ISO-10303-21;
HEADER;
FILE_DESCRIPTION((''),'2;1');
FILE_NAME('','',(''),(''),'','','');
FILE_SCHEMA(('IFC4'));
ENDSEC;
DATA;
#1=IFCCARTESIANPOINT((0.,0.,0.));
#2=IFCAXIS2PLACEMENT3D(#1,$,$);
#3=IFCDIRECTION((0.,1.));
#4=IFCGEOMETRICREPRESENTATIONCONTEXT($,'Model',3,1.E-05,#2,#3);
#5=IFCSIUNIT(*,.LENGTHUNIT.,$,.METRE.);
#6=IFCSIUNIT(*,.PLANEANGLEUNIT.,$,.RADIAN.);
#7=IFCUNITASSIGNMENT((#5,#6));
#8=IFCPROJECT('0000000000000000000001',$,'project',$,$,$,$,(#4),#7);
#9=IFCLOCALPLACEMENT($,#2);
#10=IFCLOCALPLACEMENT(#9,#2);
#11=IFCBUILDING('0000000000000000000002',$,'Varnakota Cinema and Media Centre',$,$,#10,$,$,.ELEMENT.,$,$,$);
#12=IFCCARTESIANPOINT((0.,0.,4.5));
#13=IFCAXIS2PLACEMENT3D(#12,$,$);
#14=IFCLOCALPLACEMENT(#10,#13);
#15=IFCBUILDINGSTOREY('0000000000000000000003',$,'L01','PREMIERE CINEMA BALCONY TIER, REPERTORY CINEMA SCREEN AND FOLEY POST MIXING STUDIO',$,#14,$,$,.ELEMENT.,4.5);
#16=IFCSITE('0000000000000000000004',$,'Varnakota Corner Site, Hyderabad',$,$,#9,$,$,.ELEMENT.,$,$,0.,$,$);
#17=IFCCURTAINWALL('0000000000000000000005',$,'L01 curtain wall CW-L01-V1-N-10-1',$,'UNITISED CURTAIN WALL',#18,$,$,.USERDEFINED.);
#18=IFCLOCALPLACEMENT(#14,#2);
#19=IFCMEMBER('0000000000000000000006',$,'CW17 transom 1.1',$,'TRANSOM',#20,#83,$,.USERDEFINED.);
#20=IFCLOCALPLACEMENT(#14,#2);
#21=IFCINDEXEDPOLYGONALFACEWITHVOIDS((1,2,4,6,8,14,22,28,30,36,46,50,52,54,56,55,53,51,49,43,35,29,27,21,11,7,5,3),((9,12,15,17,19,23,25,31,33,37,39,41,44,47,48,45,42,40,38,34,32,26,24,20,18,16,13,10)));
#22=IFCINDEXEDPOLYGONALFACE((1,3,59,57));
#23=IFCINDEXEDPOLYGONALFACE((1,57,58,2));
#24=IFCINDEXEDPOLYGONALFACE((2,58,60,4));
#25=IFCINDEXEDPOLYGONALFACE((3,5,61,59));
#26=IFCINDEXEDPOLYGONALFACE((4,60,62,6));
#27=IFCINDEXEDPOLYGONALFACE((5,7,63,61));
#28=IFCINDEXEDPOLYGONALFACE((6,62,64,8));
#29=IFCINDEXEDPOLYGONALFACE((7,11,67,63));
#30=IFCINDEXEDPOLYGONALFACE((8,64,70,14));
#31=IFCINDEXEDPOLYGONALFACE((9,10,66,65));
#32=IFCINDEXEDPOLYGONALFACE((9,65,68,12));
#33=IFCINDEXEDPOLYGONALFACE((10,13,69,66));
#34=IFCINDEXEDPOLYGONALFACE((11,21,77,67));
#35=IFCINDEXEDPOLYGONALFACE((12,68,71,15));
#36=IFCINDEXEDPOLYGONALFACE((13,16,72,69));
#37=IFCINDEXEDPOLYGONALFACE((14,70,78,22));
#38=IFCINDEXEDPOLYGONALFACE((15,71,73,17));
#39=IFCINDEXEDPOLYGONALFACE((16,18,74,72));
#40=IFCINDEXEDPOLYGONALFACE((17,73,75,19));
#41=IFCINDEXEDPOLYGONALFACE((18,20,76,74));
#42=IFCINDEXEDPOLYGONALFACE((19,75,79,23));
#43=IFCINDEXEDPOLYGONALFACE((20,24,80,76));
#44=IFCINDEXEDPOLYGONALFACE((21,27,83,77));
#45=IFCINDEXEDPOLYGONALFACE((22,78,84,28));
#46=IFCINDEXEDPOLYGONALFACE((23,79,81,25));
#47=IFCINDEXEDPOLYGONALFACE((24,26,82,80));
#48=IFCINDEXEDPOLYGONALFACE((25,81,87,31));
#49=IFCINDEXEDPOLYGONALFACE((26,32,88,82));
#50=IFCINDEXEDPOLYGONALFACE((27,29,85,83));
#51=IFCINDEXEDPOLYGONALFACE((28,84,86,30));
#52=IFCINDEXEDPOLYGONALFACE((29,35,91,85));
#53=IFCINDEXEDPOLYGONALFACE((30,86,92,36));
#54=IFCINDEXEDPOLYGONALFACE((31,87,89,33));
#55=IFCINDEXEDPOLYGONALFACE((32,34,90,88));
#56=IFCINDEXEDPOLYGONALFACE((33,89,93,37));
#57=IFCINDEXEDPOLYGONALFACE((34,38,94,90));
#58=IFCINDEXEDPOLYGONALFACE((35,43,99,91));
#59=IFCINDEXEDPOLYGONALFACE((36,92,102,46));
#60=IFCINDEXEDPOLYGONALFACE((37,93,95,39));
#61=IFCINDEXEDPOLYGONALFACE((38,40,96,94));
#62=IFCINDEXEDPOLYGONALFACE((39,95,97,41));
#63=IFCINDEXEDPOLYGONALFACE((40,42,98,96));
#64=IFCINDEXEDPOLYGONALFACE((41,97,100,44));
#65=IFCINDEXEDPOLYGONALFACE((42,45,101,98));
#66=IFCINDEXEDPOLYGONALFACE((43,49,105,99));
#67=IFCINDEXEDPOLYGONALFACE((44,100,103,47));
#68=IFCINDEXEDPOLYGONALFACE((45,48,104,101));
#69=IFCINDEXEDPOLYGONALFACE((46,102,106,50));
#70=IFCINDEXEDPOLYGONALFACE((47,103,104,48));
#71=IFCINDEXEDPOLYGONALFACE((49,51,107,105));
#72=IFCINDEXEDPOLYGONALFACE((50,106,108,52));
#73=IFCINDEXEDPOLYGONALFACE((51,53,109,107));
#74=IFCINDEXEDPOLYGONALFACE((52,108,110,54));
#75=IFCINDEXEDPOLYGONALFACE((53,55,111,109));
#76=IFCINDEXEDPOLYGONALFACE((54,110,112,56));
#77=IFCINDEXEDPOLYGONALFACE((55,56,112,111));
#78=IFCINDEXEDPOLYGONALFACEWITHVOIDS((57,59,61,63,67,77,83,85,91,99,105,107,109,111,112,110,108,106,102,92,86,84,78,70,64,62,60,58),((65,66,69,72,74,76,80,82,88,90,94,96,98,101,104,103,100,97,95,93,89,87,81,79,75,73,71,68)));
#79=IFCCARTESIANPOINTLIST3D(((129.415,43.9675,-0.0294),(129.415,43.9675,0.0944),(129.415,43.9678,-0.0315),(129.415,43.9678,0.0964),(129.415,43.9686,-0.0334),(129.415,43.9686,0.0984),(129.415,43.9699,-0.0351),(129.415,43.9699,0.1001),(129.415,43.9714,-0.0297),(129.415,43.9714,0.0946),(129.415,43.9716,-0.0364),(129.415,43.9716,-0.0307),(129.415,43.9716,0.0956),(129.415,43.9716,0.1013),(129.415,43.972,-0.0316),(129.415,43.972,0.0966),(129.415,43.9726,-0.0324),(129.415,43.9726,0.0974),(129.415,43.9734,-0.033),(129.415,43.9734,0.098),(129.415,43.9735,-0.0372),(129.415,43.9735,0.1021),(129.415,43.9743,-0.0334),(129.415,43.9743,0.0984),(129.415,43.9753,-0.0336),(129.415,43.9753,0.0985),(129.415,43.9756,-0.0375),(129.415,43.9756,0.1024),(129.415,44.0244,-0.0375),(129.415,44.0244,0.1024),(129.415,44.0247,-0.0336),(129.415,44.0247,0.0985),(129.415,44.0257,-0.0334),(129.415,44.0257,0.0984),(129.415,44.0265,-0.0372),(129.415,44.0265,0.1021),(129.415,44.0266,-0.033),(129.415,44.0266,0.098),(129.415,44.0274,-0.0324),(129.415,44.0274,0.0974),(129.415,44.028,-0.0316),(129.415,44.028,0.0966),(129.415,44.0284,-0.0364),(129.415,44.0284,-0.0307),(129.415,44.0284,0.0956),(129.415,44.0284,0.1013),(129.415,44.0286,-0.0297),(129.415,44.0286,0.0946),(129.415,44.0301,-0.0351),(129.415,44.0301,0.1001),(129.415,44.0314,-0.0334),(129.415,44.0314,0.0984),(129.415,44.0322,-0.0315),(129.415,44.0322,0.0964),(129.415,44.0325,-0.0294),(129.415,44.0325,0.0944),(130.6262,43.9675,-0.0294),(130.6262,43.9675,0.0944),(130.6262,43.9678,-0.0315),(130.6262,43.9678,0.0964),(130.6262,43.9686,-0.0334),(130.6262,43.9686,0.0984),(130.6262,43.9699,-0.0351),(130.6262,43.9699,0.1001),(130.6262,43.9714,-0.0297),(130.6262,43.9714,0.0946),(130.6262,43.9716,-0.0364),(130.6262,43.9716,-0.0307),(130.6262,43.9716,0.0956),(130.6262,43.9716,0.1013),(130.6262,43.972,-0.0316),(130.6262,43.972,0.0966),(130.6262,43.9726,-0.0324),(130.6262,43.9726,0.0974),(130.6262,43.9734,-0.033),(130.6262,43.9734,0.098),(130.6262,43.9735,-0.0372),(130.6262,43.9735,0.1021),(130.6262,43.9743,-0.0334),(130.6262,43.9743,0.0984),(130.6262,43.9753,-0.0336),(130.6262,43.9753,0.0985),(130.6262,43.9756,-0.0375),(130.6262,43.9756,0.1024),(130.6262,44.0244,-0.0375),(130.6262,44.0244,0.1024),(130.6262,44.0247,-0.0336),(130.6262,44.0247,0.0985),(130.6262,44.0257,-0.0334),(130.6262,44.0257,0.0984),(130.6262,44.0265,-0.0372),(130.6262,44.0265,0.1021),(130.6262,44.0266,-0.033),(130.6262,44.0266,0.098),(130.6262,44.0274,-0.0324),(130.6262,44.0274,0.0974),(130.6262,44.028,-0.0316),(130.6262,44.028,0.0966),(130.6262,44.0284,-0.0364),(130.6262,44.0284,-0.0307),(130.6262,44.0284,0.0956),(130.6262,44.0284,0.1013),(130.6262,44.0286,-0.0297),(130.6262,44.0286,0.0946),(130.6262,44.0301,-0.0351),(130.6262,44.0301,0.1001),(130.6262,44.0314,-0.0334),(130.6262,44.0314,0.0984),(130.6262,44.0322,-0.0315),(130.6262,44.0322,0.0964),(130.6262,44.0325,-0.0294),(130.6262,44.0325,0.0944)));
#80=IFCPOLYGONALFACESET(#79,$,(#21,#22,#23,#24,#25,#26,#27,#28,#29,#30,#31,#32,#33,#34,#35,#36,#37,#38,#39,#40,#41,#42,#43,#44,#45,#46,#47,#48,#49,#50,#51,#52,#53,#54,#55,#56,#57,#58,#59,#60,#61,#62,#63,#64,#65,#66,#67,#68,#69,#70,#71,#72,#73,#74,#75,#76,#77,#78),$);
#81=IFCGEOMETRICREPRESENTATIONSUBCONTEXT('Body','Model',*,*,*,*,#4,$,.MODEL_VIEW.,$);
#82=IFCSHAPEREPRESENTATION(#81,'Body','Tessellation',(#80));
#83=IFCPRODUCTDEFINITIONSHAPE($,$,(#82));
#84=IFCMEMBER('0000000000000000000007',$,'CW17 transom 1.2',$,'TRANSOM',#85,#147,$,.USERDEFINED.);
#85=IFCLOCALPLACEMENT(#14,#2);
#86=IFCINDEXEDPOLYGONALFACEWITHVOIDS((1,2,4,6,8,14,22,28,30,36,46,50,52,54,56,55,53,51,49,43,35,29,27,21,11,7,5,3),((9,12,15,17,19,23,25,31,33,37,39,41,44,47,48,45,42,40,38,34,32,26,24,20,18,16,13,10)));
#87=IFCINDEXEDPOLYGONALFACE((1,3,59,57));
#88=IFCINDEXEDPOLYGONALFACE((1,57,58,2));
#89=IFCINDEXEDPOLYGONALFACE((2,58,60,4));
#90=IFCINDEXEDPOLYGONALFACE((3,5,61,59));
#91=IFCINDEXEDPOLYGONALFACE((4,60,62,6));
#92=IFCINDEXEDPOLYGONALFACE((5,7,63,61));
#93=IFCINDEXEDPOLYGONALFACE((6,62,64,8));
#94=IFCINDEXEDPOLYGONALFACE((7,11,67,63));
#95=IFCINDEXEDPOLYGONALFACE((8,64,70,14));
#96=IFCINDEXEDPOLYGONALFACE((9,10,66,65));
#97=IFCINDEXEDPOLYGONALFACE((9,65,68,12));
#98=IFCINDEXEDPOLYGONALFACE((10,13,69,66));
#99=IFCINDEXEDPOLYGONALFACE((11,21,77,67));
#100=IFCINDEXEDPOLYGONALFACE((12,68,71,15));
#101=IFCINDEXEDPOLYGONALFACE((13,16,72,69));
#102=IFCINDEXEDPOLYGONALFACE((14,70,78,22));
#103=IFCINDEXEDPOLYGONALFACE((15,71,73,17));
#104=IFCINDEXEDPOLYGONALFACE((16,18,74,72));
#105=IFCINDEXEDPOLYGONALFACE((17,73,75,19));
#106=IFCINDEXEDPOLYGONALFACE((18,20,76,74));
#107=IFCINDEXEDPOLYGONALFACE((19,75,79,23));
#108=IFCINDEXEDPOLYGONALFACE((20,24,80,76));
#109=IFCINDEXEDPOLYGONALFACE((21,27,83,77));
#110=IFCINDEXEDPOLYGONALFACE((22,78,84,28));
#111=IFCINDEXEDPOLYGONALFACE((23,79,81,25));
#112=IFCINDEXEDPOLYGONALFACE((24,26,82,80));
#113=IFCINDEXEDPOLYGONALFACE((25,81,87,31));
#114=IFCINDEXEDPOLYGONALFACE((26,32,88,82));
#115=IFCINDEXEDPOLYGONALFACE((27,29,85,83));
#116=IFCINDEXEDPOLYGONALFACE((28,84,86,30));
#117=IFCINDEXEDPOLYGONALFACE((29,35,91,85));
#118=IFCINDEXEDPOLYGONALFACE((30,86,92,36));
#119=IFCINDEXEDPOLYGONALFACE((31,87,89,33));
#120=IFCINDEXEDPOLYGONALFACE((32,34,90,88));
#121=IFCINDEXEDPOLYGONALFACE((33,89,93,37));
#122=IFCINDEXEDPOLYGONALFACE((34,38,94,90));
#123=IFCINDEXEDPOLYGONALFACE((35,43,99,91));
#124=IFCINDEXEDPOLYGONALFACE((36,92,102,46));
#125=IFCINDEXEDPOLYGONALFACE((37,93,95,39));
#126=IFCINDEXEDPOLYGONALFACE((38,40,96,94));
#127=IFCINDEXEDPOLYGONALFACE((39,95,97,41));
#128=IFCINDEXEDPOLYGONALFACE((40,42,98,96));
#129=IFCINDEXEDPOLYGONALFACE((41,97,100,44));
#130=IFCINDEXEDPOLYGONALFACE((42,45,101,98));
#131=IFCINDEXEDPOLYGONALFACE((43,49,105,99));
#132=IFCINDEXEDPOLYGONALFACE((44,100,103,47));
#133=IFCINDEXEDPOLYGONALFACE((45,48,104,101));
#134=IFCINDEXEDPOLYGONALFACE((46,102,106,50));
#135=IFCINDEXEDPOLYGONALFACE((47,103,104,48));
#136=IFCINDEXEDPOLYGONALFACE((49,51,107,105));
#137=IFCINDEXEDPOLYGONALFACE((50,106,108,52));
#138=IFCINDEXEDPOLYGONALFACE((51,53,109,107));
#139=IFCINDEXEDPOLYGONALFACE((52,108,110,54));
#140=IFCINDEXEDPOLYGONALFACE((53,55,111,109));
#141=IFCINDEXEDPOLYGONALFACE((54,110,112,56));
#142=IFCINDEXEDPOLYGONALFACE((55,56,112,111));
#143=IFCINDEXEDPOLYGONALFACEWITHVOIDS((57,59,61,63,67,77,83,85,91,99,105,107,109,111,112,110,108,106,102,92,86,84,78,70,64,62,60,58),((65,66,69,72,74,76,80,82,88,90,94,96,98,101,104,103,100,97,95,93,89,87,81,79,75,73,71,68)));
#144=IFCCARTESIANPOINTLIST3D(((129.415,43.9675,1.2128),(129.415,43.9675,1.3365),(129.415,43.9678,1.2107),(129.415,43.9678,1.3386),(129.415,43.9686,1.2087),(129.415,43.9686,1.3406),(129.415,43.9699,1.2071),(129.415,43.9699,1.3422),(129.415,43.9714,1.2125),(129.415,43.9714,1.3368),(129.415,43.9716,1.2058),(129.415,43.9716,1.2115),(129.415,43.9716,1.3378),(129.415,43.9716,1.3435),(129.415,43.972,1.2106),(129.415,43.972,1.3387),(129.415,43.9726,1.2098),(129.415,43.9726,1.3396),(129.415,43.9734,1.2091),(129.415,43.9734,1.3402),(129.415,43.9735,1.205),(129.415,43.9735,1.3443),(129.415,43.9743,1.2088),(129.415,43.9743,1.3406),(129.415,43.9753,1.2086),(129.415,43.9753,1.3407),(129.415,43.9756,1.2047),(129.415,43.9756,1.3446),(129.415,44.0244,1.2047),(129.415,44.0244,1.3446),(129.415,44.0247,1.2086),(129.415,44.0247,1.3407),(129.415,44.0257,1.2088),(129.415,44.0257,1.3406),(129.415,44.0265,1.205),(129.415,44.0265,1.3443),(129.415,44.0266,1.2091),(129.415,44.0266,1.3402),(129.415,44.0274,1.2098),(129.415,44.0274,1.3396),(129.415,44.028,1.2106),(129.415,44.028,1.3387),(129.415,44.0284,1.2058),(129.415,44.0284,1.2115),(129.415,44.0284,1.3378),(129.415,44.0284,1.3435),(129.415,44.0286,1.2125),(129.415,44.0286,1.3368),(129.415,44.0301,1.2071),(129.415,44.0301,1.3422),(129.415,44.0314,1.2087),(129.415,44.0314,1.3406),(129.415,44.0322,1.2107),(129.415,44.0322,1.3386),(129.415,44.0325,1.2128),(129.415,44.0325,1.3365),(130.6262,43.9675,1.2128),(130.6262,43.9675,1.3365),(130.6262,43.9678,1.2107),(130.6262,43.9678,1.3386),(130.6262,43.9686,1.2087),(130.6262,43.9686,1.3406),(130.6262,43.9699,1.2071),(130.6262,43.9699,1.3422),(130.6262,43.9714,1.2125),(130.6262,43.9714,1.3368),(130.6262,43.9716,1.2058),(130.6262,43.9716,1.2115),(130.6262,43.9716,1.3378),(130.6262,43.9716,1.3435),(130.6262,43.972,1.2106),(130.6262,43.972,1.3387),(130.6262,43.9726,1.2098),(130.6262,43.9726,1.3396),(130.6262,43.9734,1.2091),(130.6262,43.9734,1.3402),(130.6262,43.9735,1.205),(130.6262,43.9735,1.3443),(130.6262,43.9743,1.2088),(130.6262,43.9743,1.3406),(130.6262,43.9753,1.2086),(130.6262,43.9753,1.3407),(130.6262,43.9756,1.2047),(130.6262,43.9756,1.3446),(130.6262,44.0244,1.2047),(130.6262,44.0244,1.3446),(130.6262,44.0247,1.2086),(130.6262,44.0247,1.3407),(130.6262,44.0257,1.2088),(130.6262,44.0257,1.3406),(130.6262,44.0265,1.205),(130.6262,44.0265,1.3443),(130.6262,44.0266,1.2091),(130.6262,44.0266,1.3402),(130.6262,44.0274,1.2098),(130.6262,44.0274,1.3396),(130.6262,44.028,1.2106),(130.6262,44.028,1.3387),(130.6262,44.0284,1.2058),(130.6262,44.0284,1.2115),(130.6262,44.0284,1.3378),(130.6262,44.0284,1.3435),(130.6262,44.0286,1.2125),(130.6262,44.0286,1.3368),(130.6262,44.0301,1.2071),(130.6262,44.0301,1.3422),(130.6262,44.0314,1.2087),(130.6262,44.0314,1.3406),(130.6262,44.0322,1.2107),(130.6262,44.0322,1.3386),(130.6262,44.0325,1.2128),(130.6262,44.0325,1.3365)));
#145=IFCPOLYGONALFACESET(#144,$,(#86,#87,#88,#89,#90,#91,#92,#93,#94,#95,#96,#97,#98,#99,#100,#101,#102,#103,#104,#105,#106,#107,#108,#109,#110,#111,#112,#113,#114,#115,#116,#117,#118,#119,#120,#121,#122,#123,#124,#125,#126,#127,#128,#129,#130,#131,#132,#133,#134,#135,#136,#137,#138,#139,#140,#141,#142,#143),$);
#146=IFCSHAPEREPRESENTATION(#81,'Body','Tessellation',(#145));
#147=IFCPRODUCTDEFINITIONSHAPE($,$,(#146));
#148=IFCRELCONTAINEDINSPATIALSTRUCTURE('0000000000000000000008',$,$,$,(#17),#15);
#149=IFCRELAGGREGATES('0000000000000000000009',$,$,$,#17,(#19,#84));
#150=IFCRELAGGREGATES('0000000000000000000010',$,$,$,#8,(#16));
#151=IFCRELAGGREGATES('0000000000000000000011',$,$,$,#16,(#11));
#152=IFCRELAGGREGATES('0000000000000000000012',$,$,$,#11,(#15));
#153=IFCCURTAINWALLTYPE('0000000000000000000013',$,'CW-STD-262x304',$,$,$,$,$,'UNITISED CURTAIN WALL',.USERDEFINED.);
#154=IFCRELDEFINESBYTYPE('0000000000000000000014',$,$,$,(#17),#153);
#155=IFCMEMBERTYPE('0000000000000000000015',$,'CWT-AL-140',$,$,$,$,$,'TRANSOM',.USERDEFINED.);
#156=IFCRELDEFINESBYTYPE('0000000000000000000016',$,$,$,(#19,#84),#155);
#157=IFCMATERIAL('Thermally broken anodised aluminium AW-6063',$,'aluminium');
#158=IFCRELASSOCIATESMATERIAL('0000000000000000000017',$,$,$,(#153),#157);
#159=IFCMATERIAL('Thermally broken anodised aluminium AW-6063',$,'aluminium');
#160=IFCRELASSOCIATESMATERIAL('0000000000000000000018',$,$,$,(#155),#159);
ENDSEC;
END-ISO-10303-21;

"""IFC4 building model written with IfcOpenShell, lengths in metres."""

from ifc_helpers import new_model, si_unit, direction, frame, origin, origin_2d, place, context, subcontext, project, spatial, hollow_rectangle, extrude, material, material_profile, profile_set, type_object, element, aggregate, save


model = new_model("IFC4")

# Units and contexts
model_context = context("Model", 3, precision=1e-05, world=origin(), true_north=direction((0.0, 1.0)))
body_context = subcontext(model_context, "Body", "Model", "MODEL_VIEW")
ifc_project = project(units=[si_unit("LENGTHUNIT", "METRE"), si_unit("PLANEANGLEUNIT", "RADIAN")], contexts=[model_context])

# Site, building, storey
site_placement = place(None, origin())
site = spatial("IfcSite", under=ifc_project, at=site_placement, Name="Varnakota Corner Site, Hyderabad", CompositionType="ELEMENT", RefElevation=0.0)
building_placement = place(site_placement, origin())
building = spatial("IfcBuilding", under=site, at=building_placement, Name="Varnakota Cinema and Media Centre", CompositionType="ELEMENT")
storey_placement = place(building_placement, frame((0.0, 0.0, 4.5)))
storey = spatial("IfcBuildingStorey", under=building, at=storey_placement, Name="L01", Description="PREMIERE CINEMA BALCONY TIER, REPERTORY CINEMA SCREEN AND FOLEY POST MIXING STUDIO", CompositionType="ELEMENT", Elevation=4.5)

# Curtain wall
ifc_material_1 = material(Name="Thermally broken anodised aluminium AW-6063", Category="aluminium")
curtain_wall_type = type_object("IfcCurtainWallType", Name="CW-STD-262x304", ElementType="UNITISED CURTAIN WALL", PredefinedType="USERDEFINED", material=ifc_material_1)
curtain_wall_1_placement = place(storey_placement, origin())
curtain_wall_1 = element("IfcCurtainWall", 1, at=curtain_wall_1_placement, inside=storey, type_object=curtain_wall_type, Name="L01 curtain wall CW-L01-V1-N-10-1", ObjectType="UNITISED CURTAIN WALL", PredefinedType="USERDEFINED")

# Members
ifc_material_2 = material(Name="Thermally broken anodised aluminium AW-6063", Category="aluminium")
ifc_material_profile_1 = material_profile(ifc_material_2, hollow_rectangle(XDim=0.0649, YDim=0.1399, WallThickness=0.0039, InnerFilletRadius=0.0039, OuterFilletRadius=0.0081, at=origin_2d()), Name="AL-TRANSOM 140x65x4")
ifc_profile_set_1 = profile_set([ifc_material_profile_1], Name="Thermally broken anodised aluminium AW-6063")
member_type_1 = type_object("IfcMemberType", Name="CWT-AL-140", ElementType="TRANSOM", PredefinedType="USERDEFINED", material=ifc_profile_set_1)
member_1_placement = place(storey_placement, frame((129.415, 44.0, 0.0325), z_axis=(1.0, 0.0, 0.0), x_axis=(0.0, 1.0, 0.0)))
member_1 = element("IfcMember", 2, at=member_1_placement, type_object=member_type_1, Name="CW17 transom 1.1", ObjectType="TRANSOM", PredefinedType="USERDEFINED", context=body_context, shape_type="SweptSolid", body=[
    extrude(hollow_rectangle(XDim=0.0649, YDim=0.1399, WallThickness=0.0039, InnerFilletRadius=0.0039, OuterFilletRadius=0.0081, at=origin_2d()), origin(), (0.0, 0.0, 1.0), 1.2112),
])
member_2_placement = place(storey_placement, frame((129.415, 44.0, 1.2747), z_axis=(1.0, 0.0, 0.0), x_axis=(0.0, 1.0, 0.0)))
member_2 = element("IfcMember", 3, at=member_2_placement, type_object=member_type_1, Name="CW17 transom 1.2", ObjectType="TRANSOM", PredefinedType="USERDEFINED", context=body_context, shape_type="SweptSolid", body=[
    extrude(hollow_rectangle(XDim=0.0649, YDim=0.1399, WallThickness=0.0039, InnerFilletRadius=0.0039, OuterFilletRadius=0.0081, at=origin_2d()), origin(), (0.0, 0.0, 1.0), 1.2112),
])

aggregate(curtain_wall_1, [member_1, member_2])

save(model, "model.ifc")
